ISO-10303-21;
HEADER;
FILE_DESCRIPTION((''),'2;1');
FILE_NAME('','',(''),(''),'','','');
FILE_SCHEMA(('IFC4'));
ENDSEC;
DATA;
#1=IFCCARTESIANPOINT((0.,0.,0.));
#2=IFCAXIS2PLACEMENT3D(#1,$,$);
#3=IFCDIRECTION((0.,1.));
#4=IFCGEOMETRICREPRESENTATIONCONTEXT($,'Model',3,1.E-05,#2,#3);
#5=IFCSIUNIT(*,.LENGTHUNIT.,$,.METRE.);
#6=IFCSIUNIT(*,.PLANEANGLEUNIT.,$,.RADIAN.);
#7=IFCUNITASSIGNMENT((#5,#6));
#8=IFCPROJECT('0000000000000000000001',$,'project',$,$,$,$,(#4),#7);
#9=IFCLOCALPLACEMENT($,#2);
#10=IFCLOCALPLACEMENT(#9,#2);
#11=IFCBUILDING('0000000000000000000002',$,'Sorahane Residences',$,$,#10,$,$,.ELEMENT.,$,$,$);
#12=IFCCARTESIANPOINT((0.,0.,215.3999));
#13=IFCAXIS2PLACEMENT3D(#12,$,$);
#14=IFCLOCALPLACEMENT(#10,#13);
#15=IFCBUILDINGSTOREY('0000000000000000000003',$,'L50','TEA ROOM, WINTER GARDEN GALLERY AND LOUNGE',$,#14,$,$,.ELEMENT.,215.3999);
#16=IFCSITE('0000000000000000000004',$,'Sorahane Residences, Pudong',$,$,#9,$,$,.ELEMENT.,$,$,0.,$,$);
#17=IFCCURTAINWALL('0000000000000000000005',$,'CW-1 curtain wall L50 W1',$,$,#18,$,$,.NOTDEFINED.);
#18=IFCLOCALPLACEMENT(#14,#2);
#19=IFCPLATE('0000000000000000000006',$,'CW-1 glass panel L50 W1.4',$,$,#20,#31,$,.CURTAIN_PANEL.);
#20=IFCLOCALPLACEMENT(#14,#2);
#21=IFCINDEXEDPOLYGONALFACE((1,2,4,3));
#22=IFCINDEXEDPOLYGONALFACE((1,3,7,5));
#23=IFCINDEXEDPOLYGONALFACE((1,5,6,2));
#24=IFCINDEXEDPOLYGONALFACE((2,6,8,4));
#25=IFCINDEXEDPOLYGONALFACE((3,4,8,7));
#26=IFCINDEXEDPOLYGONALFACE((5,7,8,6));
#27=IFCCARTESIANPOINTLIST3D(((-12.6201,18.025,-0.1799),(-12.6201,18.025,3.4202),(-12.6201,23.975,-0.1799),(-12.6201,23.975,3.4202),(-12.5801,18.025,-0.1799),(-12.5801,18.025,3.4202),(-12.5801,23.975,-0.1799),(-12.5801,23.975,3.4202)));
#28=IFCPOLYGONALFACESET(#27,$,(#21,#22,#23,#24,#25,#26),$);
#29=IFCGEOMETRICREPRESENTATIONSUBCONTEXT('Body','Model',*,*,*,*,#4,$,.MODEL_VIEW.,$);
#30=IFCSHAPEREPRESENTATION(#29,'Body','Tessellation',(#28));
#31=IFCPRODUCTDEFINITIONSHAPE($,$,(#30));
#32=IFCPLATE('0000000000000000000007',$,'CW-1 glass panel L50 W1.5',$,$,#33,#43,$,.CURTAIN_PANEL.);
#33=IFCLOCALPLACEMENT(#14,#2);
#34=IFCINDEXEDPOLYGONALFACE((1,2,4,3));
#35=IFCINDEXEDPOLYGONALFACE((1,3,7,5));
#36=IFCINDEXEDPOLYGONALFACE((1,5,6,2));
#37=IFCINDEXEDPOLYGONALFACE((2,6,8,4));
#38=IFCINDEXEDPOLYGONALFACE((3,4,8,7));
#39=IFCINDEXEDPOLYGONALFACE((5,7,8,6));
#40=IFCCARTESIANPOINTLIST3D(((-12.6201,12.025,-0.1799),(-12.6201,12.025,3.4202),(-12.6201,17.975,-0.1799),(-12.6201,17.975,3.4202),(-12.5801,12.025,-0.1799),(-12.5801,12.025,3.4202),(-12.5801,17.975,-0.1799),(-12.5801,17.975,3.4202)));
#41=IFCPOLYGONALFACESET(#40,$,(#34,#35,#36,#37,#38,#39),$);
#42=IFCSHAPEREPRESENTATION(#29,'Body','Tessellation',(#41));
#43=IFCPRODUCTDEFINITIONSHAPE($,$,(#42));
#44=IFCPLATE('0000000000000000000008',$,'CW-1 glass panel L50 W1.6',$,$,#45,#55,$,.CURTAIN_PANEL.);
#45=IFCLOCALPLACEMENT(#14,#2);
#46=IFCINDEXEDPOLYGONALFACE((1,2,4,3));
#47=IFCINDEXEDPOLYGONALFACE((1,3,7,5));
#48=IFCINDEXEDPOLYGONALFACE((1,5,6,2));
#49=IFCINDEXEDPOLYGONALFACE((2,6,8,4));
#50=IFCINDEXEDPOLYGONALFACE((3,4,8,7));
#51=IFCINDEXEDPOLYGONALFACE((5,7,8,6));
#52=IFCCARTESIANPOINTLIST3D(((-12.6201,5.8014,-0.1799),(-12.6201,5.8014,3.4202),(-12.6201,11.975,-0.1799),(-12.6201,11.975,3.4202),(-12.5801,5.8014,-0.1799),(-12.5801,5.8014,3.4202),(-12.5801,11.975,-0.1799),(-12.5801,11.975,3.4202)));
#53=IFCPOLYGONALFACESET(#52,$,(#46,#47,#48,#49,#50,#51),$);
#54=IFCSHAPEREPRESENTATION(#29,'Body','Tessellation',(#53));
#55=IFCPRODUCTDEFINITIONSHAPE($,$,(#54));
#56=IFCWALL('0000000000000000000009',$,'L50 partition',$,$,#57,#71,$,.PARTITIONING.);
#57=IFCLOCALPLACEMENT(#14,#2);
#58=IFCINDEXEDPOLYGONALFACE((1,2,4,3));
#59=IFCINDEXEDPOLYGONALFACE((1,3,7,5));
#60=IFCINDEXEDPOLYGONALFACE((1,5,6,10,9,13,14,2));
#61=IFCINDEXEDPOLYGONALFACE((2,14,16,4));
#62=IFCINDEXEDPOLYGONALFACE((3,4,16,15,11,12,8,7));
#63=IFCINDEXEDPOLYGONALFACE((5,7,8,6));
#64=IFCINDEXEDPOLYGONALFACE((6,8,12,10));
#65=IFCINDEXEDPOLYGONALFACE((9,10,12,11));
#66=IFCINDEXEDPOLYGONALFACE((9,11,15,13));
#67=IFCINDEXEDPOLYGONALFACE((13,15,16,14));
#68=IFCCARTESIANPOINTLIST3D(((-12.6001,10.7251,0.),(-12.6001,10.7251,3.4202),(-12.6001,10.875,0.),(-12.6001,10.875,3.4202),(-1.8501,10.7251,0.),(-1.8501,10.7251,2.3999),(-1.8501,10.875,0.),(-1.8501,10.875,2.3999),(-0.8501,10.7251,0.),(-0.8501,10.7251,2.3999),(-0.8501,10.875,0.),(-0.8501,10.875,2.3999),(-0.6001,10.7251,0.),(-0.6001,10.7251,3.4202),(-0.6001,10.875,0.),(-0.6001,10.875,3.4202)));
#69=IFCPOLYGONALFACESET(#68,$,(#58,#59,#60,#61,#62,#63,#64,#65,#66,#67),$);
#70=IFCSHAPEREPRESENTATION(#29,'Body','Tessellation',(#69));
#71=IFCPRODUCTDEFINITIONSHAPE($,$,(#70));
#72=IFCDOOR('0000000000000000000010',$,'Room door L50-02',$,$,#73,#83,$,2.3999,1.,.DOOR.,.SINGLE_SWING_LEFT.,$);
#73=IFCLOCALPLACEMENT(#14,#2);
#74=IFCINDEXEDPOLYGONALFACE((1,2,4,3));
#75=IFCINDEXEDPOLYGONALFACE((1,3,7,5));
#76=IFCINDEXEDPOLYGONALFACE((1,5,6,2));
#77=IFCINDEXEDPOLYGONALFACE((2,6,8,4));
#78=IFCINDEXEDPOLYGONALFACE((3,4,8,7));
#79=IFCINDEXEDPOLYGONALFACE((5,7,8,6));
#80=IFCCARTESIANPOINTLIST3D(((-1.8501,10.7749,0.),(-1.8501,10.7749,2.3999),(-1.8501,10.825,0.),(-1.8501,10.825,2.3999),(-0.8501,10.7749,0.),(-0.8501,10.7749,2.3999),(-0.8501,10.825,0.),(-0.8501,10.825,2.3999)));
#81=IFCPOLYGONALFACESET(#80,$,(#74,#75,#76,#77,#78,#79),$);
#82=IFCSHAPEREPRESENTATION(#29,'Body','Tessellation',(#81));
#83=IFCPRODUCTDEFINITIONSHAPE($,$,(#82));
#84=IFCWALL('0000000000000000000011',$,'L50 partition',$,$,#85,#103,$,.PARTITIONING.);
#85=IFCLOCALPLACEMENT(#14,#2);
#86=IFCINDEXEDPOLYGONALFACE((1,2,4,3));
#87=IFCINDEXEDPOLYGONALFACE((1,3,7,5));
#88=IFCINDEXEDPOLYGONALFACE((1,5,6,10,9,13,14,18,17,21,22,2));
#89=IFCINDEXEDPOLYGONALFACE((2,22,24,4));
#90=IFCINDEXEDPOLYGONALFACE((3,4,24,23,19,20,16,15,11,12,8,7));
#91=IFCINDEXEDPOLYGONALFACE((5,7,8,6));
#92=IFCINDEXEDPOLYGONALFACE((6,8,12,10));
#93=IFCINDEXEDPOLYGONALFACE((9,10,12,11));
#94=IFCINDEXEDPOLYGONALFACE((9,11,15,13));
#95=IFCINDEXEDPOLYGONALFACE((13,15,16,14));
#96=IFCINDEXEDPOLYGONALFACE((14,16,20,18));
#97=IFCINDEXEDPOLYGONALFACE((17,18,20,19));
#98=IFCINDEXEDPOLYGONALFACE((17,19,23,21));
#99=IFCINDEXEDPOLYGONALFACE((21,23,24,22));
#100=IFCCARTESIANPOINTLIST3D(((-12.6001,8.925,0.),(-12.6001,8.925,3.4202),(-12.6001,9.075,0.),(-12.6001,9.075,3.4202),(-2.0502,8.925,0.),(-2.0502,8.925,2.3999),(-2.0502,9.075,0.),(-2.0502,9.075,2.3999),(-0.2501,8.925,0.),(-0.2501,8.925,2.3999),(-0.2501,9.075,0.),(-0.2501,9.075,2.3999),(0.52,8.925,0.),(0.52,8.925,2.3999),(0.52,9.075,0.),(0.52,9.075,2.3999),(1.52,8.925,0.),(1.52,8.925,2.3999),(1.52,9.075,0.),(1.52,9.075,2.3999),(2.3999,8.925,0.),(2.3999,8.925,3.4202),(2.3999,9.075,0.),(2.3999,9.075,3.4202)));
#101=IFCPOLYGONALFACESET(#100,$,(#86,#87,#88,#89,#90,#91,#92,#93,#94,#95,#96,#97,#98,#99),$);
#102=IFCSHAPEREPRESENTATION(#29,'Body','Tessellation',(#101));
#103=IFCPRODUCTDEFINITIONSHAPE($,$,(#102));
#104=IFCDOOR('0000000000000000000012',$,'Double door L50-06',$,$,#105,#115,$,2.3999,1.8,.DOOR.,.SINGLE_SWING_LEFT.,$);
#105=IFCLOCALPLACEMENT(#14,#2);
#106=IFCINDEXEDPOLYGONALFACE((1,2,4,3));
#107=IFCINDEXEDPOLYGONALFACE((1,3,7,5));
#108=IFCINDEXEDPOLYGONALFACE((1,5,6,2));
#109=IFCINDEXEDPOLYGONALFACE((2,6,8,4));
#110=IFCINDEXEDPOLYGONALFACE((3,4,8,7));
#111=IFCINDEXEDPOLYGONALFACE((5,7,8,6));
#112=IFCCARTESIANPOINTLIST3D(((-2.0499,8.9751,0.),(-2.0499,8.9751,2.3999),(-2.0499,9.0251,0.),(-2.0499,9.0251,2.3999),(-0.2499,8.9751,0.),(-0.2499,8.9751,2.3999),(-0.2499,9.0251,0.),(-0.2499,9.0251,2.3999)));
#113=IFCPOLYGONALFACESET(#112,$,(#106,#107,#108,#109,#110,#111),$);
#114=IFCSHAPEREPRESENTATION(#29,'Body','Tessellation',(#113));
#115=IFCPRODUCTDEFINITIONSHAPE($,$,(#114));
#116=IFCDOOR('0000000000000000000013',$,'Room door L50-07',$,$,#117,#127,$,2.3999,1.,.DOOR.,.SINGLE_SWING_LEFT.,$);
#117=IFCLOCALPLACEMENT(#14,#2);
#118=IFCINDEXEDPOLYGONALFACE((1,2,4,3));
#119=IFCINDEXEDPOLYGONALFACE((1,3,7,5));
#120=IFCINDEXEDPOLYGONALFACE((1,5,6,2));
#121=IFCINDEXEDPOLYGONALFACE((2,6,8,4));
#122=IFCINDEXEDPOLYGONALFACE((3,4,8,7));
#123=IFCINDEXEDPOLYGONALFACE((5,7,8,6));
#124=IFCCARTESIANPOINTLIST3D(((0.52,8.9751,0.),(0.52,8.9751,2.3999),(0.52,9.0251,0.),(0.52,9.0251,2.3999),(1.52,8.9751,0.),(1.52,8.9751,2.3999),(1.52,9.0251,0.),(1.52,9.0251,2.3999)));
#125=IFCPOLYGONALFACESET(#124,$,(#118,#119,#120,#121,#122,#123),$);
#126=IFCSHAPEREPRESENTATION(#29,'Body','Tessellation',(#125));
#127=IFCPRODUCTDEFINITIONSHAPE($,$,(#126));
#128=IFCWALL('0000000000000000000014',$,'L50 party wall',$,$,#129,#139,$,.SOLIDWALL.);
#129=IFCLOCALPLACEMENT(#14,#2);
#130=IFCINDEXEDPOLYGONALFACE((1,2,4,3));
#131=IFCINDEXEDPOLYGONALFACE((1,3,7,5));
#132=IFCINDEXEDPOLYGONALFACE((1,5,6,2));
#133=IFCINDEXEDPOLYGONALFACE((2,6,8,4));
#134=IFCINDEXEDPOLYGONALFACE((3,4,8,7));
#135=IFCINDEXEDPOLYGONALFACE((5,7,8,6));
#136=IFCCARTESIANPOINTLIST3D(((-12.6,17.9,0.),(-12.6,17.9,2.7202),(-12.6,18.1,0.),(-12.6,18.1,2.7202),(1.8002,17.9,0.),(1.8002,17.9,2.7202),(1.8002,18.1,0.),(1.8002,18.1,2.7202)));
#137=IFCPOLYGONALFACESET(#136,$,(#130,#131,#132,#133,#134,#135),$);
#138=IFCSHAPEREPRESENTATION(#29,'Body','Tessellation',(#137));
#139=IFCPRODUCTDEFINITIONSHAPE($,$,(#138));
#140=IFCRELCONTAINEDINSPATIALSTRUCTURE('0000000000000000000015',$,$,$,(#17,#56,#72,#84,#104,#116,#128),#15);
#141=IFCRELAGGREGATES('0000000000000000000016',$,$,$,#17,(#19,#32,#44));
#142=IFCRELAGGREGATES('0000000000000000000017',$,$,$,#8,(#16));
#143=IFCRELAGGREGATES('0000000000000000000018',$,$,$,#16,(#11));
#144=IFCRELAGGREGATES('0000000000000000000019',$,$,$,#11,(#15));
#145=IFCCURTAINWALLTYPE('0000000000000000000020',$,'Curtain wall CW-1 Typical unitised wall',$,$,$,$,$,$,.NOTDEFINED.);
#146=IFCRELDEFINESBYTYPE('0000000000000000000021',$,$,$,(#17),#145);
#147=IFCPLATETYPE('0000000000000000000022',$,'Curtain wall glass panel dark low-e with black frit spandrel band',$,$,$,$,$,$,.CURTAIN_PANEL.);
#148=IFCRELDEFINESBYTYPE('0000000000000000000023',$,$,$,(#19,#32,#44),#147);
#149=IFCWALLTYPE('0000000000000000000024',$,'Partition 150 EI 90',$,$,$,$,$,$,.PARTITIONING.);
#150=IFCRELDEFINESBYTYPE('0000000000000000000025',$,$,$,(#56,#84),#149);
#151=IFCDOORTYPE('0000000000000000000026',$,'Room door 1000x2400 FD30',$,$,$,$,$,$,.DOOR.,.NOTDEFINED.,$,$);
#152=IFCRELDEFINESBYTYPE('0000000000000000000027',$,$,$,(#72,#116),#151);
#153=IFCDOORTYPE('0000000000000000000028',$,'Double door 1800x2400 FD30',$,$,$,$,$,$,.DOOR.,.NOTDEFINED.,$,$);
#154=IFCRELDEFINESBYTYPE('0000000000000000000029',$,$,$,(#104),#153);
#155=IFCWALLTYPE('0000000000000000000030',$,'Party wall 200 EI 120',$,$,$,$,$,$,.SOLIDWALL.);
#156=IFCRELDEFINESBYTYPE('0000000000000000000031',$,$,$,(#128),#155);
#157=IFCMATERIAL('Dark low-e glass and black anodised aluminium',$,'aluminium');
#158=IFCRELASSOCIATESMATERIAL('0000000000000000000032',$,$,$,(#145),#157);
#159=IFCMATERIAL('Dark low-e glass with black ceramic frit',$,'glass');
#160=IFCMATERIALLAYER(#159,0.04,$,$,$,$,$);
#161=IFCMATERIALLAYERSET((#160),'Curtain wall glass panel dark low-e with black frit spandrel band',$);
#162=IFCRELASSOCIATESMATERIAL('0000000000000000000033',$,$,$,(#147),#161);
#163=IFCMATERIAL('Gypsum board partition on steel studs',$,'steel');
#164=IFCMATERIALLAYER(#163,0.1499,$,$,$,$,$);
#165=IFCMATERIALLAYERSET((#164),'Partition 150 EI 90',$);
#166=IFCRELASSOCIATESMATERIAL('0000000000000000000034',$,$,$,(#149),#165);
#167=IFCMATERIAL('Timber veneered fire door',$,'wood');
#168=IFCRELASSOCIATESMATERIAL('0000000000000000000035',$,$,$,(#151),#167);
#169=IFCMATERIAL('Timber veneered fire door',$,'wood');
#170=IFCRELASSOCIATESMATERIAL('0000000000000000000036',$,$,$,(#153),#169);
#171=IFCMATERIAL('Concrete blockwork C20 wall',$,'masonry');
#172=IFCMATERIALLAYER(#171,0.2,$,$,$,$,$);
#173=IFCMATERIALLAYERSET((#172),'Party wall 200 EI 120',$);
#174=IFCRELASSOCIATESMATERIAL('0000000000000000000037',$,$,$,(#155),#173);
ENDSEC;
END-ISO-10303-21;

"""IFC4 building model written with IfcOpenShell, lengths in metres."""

from ifc_helpers import new_model, si_unit, direction, frame, frame_2d, origin, origin_2d, place, context, subcontext, project, spatial, rectangle, extrude, material, layer, layer_set, type_object, element, fill, aggregate, save


model = new_model("IFC4")

# Units and contexts
model_context = context("Model", 3, precision=1e-05, world=origin(), true_north=direction((0.0, 1.0)))
body_context = subcontext(model_context, "Body", "Model", "MODEL_VIEW")
ifc_project = project(units=[si_unit("LENGTHUNIT", "METRE"), si_unit("PLANEANGLEUNIT", "RADIAN")], contexts=[model_context])

# Site, building, storey
site_placement = place(None, origin())
site = spatial("IfcSite", under=ifc_project, at=site_placement, Name="Sorahane Residences, Pudong", CompositionType="ELEMENT", RefElevation=0.0)
building_placement = place(site_placement, origin())
building = spatial("IfcBuilding", under=site, at=building_placement, Name="Sorahane Residences", CompositionType="ELEMENT")
storey_placement = place(building_placement, frame((0.0, 0.0, 215.3999)))
storey = spatial("IfcBuildingStorey", under=building, at=storey_placement, Name="L50", Description="TEA ROOM, WINTER GARDEN GALLERY AND LOUNGE", CompositionType="ELEMENT", Elevation=215.3999)

# Curtain wall
ifc_material_1 = material(Name="Dark low-e glass and black anodised aluminium", Category="aluminium")
curtain_wall_type = type_object("IfcCurtainWallType", Name="Curtain wall CW-1 Typical unitised wall", PredefinedType="NOTDEFINED", material=ifc_material_1)
curtain_wall_placement = place(storey_placement, origin())
curtain_wall = element("IfcCurtainWall", 1, at=curtain_wall_placement, inside=storey, type_object=curtain_wall_type, Name="CW-1 curtain wall L50 W1", PredefinedType="NOTDEFINED")

# Plates
ifc_material_2 = material(Name="Dark low-e glass with black ceramic frit", Category="glass")
ifc_layer_1 = layer(ifc_material_2, 0.04)
ifc_layer_set_1 = layer_set([ifc_layer_1], Name="Curtain wall glass panel dark low-e with black frit spandrel band")
plate_type = type_object("IfcPlateType", Name="Curtain wall glass panel dark low-e with black frit spandrel band", PredefinedType="CURTAIN_PANEL", material=ifc_layer_set_1)
plate_1_placement = place(storey_placement, frame((-12.6001, 21.0, -0.1799), z_axis=(0.0, 0.0, 1.0), x_axis=(0.0, -1.0, 0.0)))
plate_1 = element("IfcPlate", 2, at=plate_1_placement, type_object=plate_type, Name="CW-1 glass panel L50 W1.4", PredefinedType="CURTAIN_PANEL", context=body_context, shape_type="SweptSolid", body=[
    extrude(rectangle(XDim=5.95, YDim=0.04, at=origin_2d()), origin(), (0.0, 0.0, 1.0), 3.6001),
])
plate_2_placement = place(storey_placement, frame((-12.6001, 15.0, -0.1799), z_axis=(0.0, 0.0, 1.0), x_axis=(0.0, -1.0, 0.0)))
plate_2 = element("IfcPlate", 3, at=plate_2_placement, type_object=plate_type, Name="CW-1 glass panel L50 W1.5", PredefinedType="CURTAIN_PANEL", context=body_context, shape_type="SweptSolid", body=[
    extrude(rectangle(XDim=5.95, YDim=0.04, at=origin_2d()), origin(), (0.0, 0.0, 1.0), 3.6001),
])
plate_3_placement = place(storey_placement, frame((-12.6001, 8.8882, -0.1799), z_axis=(0.0, 0.0, 1.0), x_axis=(0.0, -1.0, 0.0)))
plate_3 = element("IfcPlate", 4, at=plate_3_placement, type_object=plate_type, Name="CW-1 glass panel L50 W1.6", PredefinedType="CURTAIN_PANEL", context=body_context, shape_type="SweptSolid", body=[
    extrude(rectangle(XDim=6.1736, YDim=0.04, at=origin_2d()), origin(), (0.0, 0.0, 1.0), 3.6001),
])
aggregate(curtain_wall, [plate_1, plate_2, plate_3])

# Wall, opening, door
ifc_material_3 = material(Name="Gypsum board partition on steel studs", Category="steel")
ifc_layer_2 = layer(ifc_material_3, 0.1499)
ifc_layer_set_2 = layer_set([ifc_layer_2], Name="Partition 150 EI 90")
wall_type_1 = type_object("IfcWallType", Name="Partition 150 EI 90", PredefinedType="PARTITIONING", material=ifc_layer_set_2)
wall_1_placement = place(storey_placement, frame((-12.6001, 10.8, 0.0), z_axis=(0.0, 0.0, 1.0), x_axis=(1.0, 0.0, 0.0)))
wall_1 = element("IfcWall", 5, at=wall_1_placement, inside=storey, type_object=wall_type_1, Name="L50 partition", PredefinedType="PARTITIONING", context=body_context, shape_type="SweptSolid", body=[
    extrude(rectangle(XDim=12.0, YDim=0.1499, at=frame_2d((6.0, 0.0))), origin(), (0.0, 0.0, 1.0), 3.4202),
])
opening_1_placement = place(wall_1_placement, frame((10.75, 0.0, 0.0)))
opening_1 = element("IfcOpeningElement", 6, at=opening_1_placement, cuts=wall_1, PredefinedType="OPENING", context=body_context, shape_type="SweptSolid", body=[
    extrude(rectangle(XDim=1.0, YDim=2.3999, at=frame_2d((0.5, 1.2))), frame((0.0, 0.085, 0.0), z_axis=(0.0, -1.0, 0.0), x_axis=(1.0, 0.0, 0.0)), (0.0, 0.0, 1.0), 0.1699),
])
ifc_material_4 = material(Name="Timber veneered fire door", Category="wood")
door_type_1 = type_object("IfcDoorType", Name="Room door 1000x2400 FD30", OperationType="NOTDEFINED", PredefinedType="DOOR", material=ifc_material_4)
door_1_placement = place(opening_1_placement, origin())
door_1 = element("IfcDoor", 7, at=door_1_placement, inside=storey, type_object=door_type_1, Name="Room door L50-02", OperationType="SINGLE_SWING_LEFT", OverallHeight=2.3999, OverallWidth=1.0, PredefinedType="DOOR", context=body_context, shape_type="SweptSolid", body=[
    extrude(rectangle(XDim=1.0, YDim=2.3999, at=frame_2d((0.5, 1.2))), frame((0.0, 0.0249, 0.0), z_axis=(0.0, -1.0, 0.0), x_axis=(1.0, 0.0, 0.0)), (0.0, 0.0, 1.0), 0.05),
])
fill(opening_1, door_1)

# Wall, openings, doors
wall_2_placement = place(storey_placement, frame((-12.6001, 9.0, 0.0), z_axis=(0.0, 0.0, 1.0), x_axis=(1.0, 0.0, 0.0)))
wall_2 = element("IfcWall", 8, at=wall_2_placement, inside=storey, type_object=wall_type_1, Name="L50 partition", PredefinedType="PARTITIONING", context=body_context, shape_type="SweptSolid", body=[
    extrude(rectangle(XDim=15.0, YDim=0.1499, at=frame_2d((7.5, 0.0))), origin(), (0.0, 0.0, 1.0), 3.4202),
])
opening_2_placement = place(wall_2_placement, frame((10.55, 0.0, 0.0)))
opening_2 = element("IfcOpeningElement", 9, at=opening_2_placement, cuts=wall_2, PredefinedType="OPENING", context=body_context, shape_type="SweptSolid", body=[
    extrude(rectangle(XDim=1.8, YDim=2.3999, at=frame_2d((0.8999, 1.2))), frame((0.0, 0.085, 0.0), z_axis=(0.0, -1.0, 0.0), x_axis=(1.0, 0.0, 0.0)), (0.0, 0.0, 1.0), 0.1699),
])
opening_3_placement = place(wall_2_placement, frame((13.1201, 0.0, 0.0)))
opening_3 = element("IfcOpeningElement", 10, at=opening_3_placement, cuts=wall_2, PredefinedType="OPENING", context=body_context, shape_type="SweptSolid", body=[
    extrude(rectangle(XDim=1.0, YDim=2.3999, at=frame_2d((0.5, 1.2))), frame((0.0, 0.085, 0.0), z_axis=(0.0, -1.0, 0.0), x_axis=(1.0, 0.0, 0.0)), (0.0, 0.0, 1.0), 0.1699),
])
ifc_material_5 = material(Name="Timber veneered fire door", Category="wood")
door_type_2 = type_object("IfcDoorType", Name="Double door 1800x2400 FD30", OperationType="NOTDEFINED", PredefinedType="DOOR", material=ifc_material_5)
door_2_placement = place(opening_2_placement, frame((1.8, 0.0, 0.0), z_axis=(0.0, 0.0, 1.0), x_axis=(-1.0, 0.0, 0.0)))
door_2 = element("IfcDoor", 11, at=door_2_placement, inside=storey, type_object=door_type_2, Name="Double door L50-06", OperationType="SINGLE_SWING_LEFT", OverallHeight=2.3999, OverallWidth=1.8, PredefinedType="DOOR", context=body_context, shape_type="SweptSolid", body=[
    extrude(rectangle(XDim=1.8, YDim=2.3999, at=frame_2d((0.8999, 1.2))), frame((0.0, 0.0249, 0.0), z_axis=(0.0, -1.0, 0.0), x_axis=(1.0, 0.0, 0.0)), (0.0, 0.0, 1.0), 0.05),
])
fill(opening_2, door_2)
door_3_placement = place(opening_3_placement, frame((1.0, 0.0, 0.0), z_axis=(0.0, 0.0, 1.0), x_axis=(-1.0, 0.0, 0.0)))
door_3 = element("IfcDoor", 12, at=door_3_placement, inside=storey, type_object=door_type_1, Name="Room door L50-07", OperationType="SINGLE_SWING_LEFT", OverallHeight=2.3999, OverallWidth=1.0, PredefinedType="DOOR", context=body_context, shape_type="SweptSolid", body=[
    extrude(rectangle(XDim=1.0, YDim=2.3999, at=frame_2d((0.5, 1.2))), frame((0.0, 0.0249, 0.0), z_axis=(0.0, -1.0, 0.0), x_axis=(1.0, 0.0, 0.0)), (0.0, 0.0, 1.0), 0.05),
])
fill(opening_3, door_3)

# Wall
ifc_material_6 = material(Name="Concrete blockwork C20 wall", Category="masonry")
ifc_layer_3 = layer(ifc_material_6, 0.2)
ifc_layer_set_3 = layer_set([ifc_layer_3], Name="Party wall 200 EI 120")
wall_type_2 = type_object("IfcWallType", Name="Party wall 200 EI 120", PredefinedType="SOLIDWALL", material=ifc_layer_set_3)
wall_3_placement = place(storey_placement, frame((-12.6001, 18.0, 0.0), z_axis=(0.0, 0.0, 1.0), x_axis=(1.0, 0.0, 0.0)))
element("IfcWall", 13, at=wall_3_placement, inside=storey, type_object=wall_type_2, Name="L50 party wall", PredefinedType="SOLIDWALL", context=body_context, shape_type="SweptSolid", body=[
    extrude(rectangle(XDim=14.4001, YDim=0.2, at=frame_2d((7.2002, 0.0))), origin(), (0.0, 0.0, 1.0), 2.7202),
])

save(model, "model.ifc")
